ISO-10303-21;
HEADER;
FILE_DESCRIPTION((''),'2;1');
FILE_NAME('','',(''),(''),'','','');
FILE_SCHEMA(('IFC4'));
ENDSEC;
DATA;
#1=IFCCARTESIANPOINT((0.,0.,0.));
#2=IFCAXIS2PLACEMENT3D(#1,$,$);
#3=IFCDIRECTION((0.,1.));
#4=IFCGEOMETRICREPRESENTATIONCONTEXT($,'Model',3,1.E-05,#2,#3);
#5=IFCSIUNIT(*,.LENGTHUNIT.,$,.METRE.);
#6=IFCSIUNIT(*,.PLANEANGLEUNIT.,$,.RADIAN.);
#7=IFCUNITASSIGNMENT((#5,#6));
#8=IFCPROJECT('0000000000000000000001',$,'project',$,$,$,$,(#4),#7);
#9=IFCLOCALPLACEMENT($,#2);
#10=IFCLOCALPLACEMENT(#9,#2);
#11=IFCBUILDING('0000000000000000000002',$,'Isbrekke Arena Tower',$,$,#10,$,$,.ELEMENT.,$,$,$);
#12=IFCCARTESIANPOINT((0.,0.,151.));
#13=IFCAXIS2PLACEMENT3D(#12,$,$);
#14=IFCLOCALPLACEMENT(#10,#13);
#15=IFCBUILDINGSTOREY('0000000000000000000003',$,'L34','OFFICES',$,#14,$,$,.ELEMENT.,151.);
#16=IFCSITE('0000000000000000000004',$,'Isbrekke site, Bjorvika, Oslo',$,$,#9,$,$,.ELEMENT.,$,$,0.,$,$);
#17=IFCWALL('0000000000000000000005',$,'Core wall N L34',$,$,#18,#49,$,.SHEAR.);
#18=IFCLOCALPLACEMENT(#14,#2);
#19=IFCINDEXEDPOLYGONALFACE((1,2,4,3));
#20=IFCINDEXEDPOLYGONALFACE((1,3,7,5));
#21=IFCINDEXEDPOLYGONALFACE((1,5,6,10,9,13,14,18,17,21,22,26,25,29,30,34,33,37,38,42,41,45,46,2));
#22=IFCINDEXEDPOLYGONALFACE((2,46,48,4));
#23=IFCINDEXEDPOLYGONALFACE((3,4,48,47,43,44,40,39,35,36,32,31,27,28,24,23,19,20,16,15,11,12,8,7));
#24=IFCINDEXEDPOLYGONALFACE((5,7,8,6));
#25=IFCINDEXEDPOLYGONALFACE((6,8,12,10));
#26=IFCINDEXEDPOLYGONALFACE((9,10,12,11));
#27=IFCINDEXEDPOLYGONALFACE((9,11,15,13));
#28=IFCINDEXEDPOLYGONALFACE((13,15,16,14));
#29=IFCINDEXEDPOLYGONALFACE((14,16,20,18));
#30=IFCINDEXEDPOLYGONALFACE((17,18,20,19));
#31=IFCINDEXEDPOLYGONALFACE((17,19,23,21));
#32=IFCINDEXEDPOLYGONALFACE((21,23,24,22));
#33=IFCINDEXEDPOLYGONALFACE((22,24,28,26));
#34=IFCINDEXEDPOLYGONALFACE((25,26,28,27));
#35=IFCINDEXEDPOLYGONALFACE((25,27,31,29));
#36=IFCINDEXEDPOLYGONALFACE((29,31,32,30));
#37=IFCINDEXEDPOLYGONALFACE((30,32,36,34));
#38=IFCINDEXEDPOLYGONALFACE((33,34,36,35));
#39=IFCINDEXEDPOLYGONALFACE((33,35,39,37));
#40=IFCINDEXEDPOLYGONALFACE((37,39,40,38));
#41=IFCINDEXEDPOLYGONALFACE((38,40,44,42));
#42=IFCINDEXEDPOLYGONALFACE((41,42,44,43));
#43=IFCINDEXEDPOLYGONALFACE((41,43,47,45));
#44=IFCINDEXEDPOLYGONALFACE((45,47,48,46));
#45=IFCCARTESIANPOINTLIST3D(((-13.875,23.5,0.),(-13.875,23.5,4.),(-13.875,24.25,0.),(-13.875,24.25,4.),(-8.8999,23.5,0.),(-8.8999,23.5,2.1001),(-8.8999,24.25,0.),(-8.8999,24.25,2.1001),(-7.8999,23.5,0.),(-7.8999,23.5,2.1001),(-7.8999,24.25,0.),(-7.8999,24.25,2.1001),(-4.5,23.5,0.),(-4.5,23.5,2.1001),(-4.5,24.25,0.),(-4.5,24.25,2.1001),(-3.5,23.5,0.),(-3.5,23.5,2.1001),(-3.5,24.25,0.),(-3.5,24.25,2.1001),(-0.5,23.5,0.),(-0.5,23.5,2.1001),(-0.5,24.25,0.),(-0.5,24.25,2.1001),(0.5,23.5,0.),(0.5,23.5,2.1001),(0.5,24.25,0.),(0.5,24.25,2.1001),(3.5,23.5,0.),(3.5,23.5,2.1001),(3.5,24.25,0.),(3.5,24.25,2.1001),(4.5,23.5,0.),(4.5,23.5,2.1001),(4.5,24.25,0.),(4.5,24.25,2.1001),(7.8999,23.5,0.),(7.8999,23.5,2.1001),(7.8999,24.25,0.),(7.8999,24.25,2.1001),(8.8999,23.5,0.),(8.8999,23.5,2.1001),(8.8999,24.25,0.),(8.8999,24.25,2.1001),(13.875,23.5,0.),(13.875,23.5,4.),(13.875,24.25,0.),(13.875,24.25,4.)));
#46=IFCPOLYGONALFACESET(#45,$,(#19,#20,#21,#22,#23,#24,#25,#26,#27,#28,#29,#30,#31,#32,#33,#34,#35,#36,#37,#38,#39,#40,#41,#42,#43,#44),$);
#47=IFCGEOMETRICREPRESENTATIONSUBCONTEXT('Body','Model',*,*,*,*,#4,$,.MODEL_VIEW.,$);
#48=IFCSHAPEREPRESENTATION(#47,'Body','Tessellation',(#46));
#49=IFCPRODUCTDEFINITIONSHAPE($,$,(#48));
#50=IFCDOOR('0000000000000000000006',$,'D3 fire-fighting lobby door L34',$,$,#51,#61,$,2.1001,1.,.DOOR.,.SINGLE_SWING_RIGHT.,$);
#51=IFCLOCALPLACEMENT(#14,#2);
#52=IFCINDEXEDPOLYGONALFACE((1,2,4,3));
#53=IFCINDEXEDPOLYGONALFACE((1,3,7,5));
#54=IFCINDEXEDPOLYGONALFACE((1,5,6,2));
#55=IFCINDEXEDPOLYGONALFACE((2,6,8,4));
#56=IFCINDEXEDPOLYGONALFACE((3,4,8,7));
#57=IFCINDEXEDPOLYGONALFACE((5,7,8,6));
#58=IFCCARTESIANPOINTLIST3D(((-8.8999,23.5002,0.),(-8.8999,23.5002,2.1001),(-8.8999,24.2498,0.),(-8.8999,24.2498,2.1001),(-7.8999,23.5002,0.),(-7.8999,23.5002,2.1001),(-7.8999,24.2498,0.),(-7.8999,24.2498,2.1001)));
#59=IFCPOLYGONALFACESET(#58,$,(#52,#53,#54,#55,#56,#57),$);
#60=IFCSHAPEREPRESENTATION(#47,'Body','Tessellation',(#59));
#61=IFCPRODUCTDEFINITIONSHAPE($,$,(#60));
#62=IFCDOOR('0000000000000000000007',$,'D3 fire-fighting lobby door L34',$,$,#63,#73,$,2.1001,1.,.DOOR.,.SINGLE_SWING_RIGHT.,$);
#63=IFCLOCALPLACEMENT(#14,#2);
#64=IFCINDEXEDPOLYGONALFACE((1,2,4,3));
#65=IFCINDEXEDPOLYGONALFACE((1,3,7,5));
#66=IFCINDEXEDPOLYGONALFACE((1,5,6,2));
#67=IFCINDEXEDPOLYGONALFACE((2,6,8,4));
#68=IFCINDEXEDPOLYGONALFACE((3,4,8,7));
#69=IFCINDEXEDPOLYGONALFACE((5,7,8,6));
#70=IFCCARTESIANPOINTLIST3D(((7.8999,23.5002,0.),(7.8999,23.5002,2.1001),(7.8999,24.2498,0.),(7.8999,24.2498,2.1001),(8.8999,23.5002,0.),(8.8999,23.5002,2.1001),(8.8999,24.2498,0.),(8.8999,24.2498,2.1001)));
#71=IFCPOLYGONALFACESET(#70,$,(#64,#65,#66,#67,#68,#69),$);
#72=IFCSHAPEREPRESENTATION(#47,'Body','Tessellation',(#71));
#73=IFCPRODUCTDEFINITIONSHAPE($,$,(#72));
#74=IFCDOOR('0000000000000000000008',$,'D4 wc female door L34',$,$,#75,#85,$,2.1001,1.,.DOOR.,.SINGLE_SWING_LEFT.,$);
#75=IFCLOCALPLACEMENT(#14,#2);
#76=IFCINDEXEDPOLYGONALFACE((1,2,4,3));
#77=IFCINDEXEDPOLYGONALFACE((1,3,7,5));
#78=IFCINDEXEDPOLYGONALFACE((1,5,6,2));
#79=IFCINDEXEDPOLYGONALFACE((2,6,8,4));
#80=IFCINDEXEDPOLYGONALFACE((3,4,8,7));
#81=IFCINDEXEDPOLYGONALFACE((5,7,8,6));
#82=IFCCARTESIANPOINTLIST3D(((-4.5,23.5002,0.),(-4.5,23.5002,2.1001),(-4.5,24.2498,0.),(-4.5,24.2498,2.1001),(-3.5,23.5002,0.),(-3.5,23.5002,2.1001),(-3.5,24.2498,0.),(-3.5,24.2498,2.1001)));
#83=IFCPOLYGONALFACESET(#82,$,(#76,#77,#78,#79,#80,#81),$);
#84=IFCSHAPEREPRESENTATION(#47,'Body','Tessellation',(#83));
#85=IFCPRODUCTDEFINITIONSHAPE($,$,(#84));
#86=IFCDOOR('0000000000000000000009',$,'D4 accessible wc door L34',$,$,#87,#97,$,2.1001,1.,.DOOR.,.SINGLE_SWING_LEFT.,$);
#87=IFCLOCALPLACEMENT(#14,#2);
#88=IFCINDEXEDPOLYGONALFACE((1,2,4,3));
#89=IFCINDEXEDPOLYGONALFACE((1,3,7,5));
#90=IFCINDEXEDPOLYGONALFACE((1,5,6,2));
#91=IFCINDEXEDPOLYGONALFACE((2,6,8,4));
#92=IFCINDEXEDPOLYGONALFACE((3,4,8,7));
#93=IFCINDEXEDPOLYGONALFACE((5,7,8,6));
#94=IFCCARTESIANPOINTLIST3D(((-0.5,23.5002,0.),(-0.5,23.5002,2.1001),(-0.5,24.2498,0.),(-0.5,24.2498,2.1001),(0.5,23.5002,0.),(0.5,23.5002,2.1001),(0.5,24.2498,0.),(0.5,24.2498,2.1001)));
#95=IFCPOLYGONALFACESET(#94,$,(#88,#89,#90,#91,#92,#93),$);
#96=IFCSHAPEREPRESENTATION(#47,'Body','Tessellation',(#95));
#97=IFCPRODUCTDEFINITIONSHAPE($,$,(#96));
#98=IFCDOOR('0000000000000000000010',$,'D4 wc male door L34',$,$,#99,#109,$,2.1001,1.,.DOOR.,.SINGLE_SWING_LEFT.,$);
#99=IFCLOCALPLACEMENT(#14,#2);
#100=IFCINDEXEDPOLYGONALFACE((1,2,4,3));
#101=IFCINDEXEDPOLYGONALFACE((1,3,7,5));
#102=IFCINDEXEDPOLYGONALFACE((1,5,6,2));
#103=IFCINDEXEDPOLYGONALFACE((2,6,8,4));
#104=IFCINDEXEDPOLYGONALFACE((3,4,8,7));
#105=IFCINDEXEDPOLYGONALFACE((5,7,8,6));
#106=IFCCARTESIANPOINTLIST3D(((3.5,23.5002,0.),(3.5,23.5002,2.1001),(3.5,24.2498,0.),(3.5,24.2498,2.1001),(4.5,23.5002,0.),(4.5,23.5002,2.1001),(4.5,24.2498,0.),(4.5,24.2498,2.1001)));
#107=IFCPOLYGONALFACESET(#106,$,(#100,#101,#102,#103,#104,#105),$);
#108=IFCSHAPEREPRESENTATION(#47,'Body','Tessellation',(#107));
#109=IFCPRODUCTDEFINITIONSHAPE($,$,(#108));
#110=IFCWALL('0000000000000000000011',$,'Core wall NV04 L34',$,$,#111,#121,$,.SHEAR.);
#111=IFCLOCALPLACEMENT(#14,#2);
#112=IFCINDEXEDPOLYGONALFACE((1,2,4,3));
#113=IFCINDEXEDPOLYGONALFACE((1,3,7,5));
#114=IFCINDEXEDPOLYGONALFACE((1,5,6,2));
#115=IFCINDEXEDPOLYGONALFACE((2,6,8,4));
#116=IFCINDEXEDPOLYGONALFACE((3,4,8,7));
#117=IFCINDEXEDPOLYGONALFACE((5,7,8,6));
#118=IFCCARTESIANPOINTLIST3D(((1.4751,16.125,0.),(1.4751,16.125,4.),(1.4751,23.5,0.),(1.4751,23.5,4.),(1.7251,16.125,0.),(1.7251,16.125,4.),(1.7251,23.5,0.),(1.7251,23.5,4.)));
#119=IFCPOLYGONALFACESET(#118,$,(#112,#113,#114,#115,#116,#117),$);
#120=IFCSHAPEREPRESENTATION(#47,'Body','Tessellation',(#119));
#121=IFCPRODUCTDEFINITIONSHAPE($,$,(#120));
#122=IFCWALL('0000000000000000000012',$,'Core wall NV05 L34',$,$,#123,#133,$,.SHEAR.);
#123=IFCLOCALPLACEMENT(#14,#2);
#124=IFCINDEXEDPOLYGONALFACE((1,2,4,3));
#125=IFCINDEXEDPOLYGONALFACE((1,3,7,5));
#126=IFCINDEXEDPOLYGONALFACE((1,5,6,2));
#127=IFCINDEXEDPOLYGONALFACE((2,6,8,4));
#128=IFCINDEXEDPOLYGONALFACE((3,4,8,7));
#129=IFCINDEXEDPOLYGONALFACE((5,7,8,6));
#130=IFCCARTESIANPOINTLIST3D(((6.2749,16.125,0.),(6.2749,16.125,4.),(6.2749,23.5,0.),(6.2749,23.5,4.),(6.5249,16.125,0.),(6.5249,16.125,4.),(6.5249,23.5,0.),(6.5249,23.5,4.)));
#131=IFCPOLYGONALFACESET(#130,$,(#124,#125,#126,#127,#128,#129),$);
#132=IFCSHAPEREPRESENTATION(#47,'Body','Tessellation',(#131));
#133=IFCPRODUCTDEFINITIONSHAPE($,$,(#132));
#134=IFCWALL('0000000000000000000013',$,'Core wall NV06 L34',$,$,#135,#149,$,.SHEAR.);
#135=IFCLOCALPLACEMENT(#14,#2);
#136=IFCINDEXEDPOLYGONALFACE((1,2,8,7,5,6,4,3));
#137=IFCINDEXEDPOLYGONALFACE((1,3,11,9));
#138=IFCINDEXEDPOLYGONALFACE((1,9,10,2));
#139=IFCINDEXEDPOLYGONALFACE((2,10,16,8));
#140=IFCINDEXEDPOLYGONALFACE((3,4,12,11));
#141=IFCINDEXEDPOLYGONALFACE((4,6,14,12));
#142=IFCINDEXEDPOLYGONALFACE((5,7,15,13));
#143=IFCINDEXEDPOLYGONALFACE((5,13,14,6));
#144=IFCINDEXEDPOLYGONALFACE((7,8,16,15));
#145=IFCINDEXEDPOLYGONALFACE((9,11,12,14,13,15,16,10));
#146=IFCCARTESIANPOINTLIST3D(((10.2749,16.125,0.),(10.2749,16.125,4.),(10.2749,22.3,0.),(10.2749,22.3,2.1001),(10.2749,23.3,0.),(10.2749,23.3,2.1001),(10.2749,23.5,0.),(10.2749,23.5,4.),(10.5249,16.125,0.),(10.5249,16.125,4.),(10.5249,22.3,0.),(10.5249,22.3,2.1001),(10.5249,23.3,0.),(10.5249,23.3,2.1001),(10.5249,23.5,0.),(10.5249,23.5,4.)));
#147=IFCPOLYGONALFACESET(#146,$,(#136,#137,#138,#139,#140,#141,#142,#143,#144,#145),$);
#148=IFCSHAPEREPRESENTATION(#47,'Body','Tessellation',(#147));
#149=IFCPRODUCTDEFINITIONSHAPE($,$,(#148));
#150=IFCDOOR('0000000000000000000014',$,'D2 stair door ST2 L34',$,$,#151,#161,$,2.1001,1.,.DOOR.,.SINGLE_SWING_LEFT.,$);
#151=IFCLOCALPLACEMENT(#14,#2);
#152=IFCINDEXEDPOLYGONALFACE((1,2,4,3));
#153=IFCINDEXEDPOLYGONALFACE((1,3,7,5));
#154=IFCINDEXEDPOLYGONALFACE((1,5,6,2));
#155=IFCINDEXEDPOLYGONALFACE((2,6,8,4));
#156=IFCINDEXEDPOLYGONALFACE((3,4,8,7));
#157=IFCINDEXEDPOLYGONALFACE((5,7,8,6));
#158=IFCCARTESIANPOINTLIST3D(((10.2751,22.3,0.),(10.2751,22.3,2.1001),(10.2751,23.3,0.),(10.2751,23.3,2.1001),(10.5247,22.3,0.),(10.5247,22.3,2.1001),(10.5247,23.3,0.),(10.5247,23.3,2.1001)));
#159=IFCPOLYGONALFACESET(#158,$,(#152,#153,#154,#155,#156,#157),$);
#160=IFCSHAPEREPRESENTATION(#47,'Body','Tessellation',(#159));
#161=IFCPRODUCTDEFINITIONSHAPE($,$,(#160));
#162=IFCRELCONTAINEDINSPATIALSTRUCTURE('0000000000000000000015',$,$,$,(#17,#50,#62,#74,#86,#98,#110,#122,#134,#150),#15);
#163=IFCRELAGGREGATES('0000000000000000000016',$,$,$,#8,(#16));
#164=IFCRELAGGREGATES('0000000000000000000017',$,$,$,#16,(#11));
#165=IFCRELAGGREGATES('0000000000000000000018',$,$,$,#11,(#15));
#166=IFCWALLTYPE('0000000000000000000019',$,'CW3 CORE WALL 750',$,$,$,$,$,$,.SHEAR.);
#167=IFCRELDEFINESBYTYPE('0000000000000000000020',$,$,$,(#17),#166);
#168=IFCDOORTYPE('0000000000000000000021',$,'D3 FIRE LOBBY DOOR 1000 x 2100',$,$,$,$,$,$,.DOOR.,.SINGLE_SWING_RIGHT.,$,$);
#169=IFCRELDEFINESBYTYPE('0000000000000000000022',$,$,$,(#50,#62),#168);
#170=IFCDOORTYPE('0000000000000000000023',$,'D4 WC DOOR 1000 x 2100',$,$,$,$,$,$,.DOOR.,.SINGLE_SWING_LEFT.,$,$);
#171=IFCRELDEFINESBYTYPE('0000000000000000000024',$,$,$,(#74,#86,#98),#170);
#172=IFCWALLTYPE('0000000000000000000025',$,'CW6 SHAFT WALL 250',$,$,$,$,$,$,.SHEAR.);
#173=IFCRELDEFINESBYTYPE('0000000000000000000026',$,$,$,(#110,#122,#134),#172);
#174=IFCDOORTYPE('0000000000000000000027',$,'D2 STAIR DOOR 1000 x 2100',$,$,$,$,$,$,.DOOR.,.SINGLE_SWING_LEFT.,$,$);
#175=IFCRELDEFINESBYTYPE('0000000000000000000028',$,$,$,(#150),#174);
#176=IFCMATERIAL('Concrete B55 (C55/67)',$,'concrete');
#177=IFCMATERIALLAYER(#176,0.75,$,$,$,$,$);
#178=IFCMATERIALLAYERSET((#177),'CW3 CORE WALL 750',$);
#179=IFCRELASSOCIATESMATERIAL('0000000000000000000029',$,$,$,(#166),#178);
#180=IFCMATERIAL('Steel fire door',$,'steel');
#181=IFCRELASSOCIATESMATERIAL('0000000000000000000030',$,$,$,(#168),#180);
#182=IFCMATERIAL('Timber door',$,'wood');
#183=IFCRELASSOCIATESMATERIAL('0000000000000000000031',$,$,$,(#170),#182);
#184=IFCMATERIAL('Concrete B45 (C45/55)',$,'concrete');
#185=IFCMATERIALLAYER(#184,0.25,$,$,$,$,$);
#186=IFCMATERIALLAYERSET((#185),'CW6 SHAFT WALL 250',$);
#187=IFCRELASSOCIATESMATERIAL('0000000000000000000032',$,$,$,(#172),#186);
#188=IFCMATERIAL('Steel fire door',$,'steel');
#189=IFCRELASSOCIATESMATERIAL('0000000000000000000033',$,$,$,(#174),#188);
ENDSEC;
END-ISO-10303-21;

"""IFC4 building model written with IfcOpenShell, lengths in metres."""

from ifc_helpers import new_model, si_unit, direction, frame, frame_2d, origin, place, context, subcontext, project, spatial, rectangle, extrude, material, layer, layer_set, type_object, element, fill, save


model = new_model("IFC4")

# Units and contexts
model_context = context("Model", 3, precision=1e-05, world=origin(), true_north=direction((0.0, 1.0)))
body_context = subcontext(model_context, "Body", "Model", "MODEL_VIEW")
ifc_project = project(units=[si_unit("LENGTHUNIT", "METRE"), si_unit("PLANEANGLEUNIT", "RADIAN")], contexts=[model_context])

# Site, building, storey
site_placement = place(None, origin())
site = spatial("IfcSite", under=ifc_project, at=site_placement, Name="Isbrekke site, Bjorvika, Oslo", CompositionType="ELEMENT", RefElevation=0.0)
building_placement = place(site_placement, origin())
building = spatial("IfcBuilding", under=site, at=building_placement, Name="Isbrekke Arena Tower", CompositionType="ELEMENT")
storey_placement = place(building_placement, frame((0.0, 0.0, 151.0)))
storey = spatial("IfcBuildingStorey", under=building, at=storey_placement, Name="L34", Description="OFFICES", CompositionType="ELEMENT", Elevation=151.0)

# Wall, openings, doors
ifc_material_1 = material(Name="Concrete B55 (C55/67)", Category="concrete")
ifc_layer_1 = layer(ifc_material_1, 0.75)
ifc_layer_set_1 = layer_set([ifc_layer_1], Name="CW3 CORE WALL 750")
wall_type_1 = type_object("IfcWallType", Name="CW3 CORE WALL 750", PredefinedType="SHEAR", material=ifc_layer_set_1)
wall_1_placement = place(storey_placement, frame((13.875, 23.875, 0.0), z_axis=(0.0, 0.0, 1.0), x_axis=(-1.0, 0.0, 0.0)))
wall_1 = element("IfcWall", 1, at=wall_1_placement, inside=storey, type_object=wall_type_1, Name="Core wall N L34", PredefinedType="SHEAR", context=body_context, shape_type="SweptSolid", body=[
    extrude(rectangle(XDim=27.75, YDim=0.75, at=frame_2d((13.875, 0.0))), origin(), (0.0, 0.0, 1.0), 4.0),
])
opening_1_placement = place(wall_1_placement, frame((21.7749, 0.0, 0.0)))
opening_1 = element("IfcOpeningElement", 2, at=opening_1_placement, cuts=wall_1, PredefinedType="OPENING", context=body_context, shape_type="SweptSolid", body=[
    extrude(rectangle(XDim=1.0, YDim=2.1001, at=frame_2d((0.5, 1.05))), frame((0.0, 0.3899, 0.0), z_axis=(0.0, -1.0, 0.0), x_axis=(1.0, 0.0, 0.0)), (0.0, 0.0, 1.0), 0.7798),
])
opening_2_placement = place(wall_1_placement, frame((4.9751, 0.0, 0.0)))
opening_2 = element("IfcOpeningElement", 3, at=opening_2_placement, cuts=wall_1, PredefinedType="OPENING", context=body_context, shape_type="SweptSolid", body=[
    extrude(rectangle(XDim=1.0, YDim=2.1001, at=frame_2d((0.5, 1.05))), frame((0.0, 0.3899, 0.0), z_axis=(0.0, -1.0, 0.0), x_axis=(1.0, 0.0, 0.0)), (0.0, 0.0, 1.0), 0.7798),
])
opening_3_placement = place(wall_1_placement, frame((17.375, 0.0, 0.0)))
opening_3 = element("IfcOpeningElement", 4, at=opening_3_placement, cuts=wall_1, PredefinedType="OPENING", context=body_context, shape_type="SweptSolid", body=[
    extrude(rectangle(XDim=1.0, YDim=2.1001, at=frame_2d((0.5, 1.05))), frame((0.0, 0.3899, 0.0), z_axis=(0.0, -1.0, 0.0), x_axis=(1.0, 0.0, 0.0)), (0.0, 0.0, 1.0), 0.7798),
])
opening_4_placement = place(wall_1_placement, frame((13.375, 0.0, 0.0)))
opening_4 = element("IfcOpeningElement", 5, at=opening_4_placement, cuts=wall_1, PredefinedType="OPENING", context=body_context, shape_type="SweptSolid", body=[
    extrude(rectangle(XDim=1.0, YDim=2.1001, at=frame_2d((0.5, 1.05))), frame((0.0, 0.3899, 0.0), z_axis=(0.0, -1.0, 0.0), x_axis=(1.0, 0.0, 0.0)), (0.0, 0.0, 1.0), 0.7798),
])
opening_5_placement = place(wall_1_placement, frame((9.375, 0.0, 0.0)))
opening_5 = element("IfcOpeningElement", 6, at=opening_5_placement, cuts=wall_1, PredefinedType="OPENING", context=body_context, shape_type="SweptSolid", body=[
    extrude(rectangle(XDim=1.0, YDim=2.1001, at=frame_2d((0.5, 1.05))), frame((0.0, 0.3899, 0.0), z_axis=(0.0, -1.0, 0.0), x_axis=(1.0, 0.0, 0.0)), (0.0, 0.0, 1.0), 0.7798),
])
ifc_material_2 = material(Name="Steel fire door", Category="steel")
door_type_1 = type_object("IfcDoorType", Name="D3 FIRE LOBBY DOOR 1000 x 2100", OperationType="SINGLE_SWING_RIGHT", PredefinedType="DOOR", material=ifc_material_2)
door_1_placement = place(opening_1_placement, origin())
door_1 = element("IfcDoor", 7, at=door_1_placement, inside=storey, type_object=door_type_1, Name="D3 fire-fighting lobby door L34", OperationType="SINGLE_SWING_RIGHT", OverallHeight=2.1001, OverallWidth=1.0, PredefinedType="DOOR", context=body_context, shape_type="SweptSolid", body=[
    extrude(rectangle(XDim=1.0, YDim=2.1001, at=frame_2d((0.5, 1.05))), frame((0.0, 0.3748, 0.0), z_axis=(0.0, -1.0, 0.0), x_axis=(1.0, 0.0, 0.0)), (0.0, 0.0, 1.0), 0.7495),
])
fill(opening_1, door_1)
door_2_placement = place(opening_2_placement, origin())
door_2 = element("IfcDoor", 8, at=door_2_placement, inside=storey, type_object=door_type_1, Name="D3 fire-fighting lobby door L34", OperationType="SINGLE_SWING_RIGHT", OverallHeight=2.1001, OverallWidth=1.0, PredefinedType="DOOR", context=body_context, shape_type="SweptSolid", body=[
    extrude(rectangle(XDim=1.0, YDim=2.1001, at=frame_2d((0.5, 1.05))), frame((0.0, 0.3748, 0.0), z_axis=(0.0, -1.0, 0.0), x_axis=(1.0, 0.0, 0.0)), (0.0, 0.0, 1.0), 0.7495),
])
fill(opening_2, door_2)
ifc_material_3 = material(Name="Timber door", Category="wood")
door_type_2 = type_object("IfcDoorType", Name="D4 WC DOOR 1000 x 2100", OperationType="SINGLE_SWING_LEFT", PredefinedType="DOOR", material=ifc_material_3)
door_3_placement = place(opening_3_placement, origin())
door_3 = element("IfcDoor", 9, at=door_3_placement, inside=storey, type_object=door_type_2, Name="D4 wc female door L34", OperationType="SINGLE_SWING_LEFT", OverallHeight=2.1001, OverallWidth=1.0, PredefinedType="DOOR", context=body_context, shape_type="SweptSolid", body=[
    extrude(rectangle(XDim=1.0, YDim=2.1001, at=frame_2d((0.5, 1.05))), frame((0.0, 0.3748, 0.0), z_axis=(0.0, -1.0, 0.0), x_axis=(1.0, 0.0, 0.0)), (0.0, 0.0, 1.0), 0.7495),
])
fill(opening_3, door_3)
door_4_placement = place(opening_4_placement, origin())
door_4 = element("IfcDoor", 10, at=door_4_placement, inside=storey, type_object=door_type_2, Name="D4 accessible wc door L34", OperationType="SINGLE_SWING_LEFT", OverallHeight=2.1001, OverallWidth=1.0, PredefinedType="DOOR", context=body_context, shape_type="SweptSolid", body=[
    extrude(rectangle(XDim=1.0, YDim=2.1001, at=frame_2d((0.5, 1.05))), frame((0.0, 0.3748, 0.0), z_axis=(0.0, -1.0, 0.0), x_axis=(1.0, 0.0, 0.0)), (0.0, 0.0, 1.0), 0.7495),
])
fill(opening_4, door_4)
door_5_placement = place(opening_5_placement, origin())
door_5 = element("IfcDoor", 11, at=door_5_placement, inside=storey, type_object=door_type_2, Name="D4 wc male door L34", OperationType="SINGLE_SWING_LEFT", OverallHeight=2.1001, OverallWidth=1.0, PredefinedType="DOOR", context=body_context, shape_type="SweptSolid", body=[
    extrude(rectangle(XDim=1.0, YDim=2.1001, at=frame_2d((0.5, 1.05))), frame((0.0, 0.3748, 0.0), z_axis=(0.0, -1.0, 0.0), x_axis=(1.0, 0.0, 0.0)), (0.0, 0.0, 1.0), 0.7495),
])
fill(opening_5, door_5)

# Walls
ifc_material_4 = material(Name="Concrete B45 (C45/55)", Category="concrete")
ifc_layer_2 = layer(ifc_material_4, 0.25)
ifc_layer_set_2 = layer_set([ifc_layer_2], Name="CW6 SHAFT WALL 250")
wall_type_2 = type_object("IfcWallType", Name="CW6 SHAFT WALL 250", PredefinedType="SHEAR", material=ifc_layer_set_2)
for number, where, z_axis, x_axis, name in (
    (12, (1.6001, 16.125, 0.0), (0.0, 0.0, 1.0), (0.0, 1.0, 0.0), "Core wall NV04 L34"),
    (13, (6.3999, 16.125, 0.0), (0.0, 0.0, 1.0), (0.0, 1.0, 0.0), "Core wall NV05 L34"),
):
    element("IfcWall", number, at=place(storey_placement, frame(where, z_axis=z_axis, x_axis=x_axis)), inside=storey, type_object=wall_type_2, Name=name, PredefinedType="SHEAR", context=body_context, shape_type="SweptSolid", body=[
        extrude(rectangle(XDim=7.375, YDim=0.25, at=frame_2d((3.6875, 0.0))), origin(), (0.0, 0.0, 1.0), 4.0),
    ])

# Wall, opening, door
wall_2_placement = place(storey_placement, frame((10.3999, 16.125, 0.0), z_axis=(0.0, 0.0, 1.0), x_axis=(0.0, 1.0, 0.0)))
wall_2 = element("IfcWall", 14, at=wall_2_placement, inside=storey, type_object=wall_type_2, Name="Core wall NV06 L34", PredefinedType="SHEAR", context=body_context, shape_type="SweptSolid", body=[
    extrude(rectangle(XDim=7.375, YDim=0.25, at=frame_2d((3.6875, 0.0))), origin(), (0.0, 0.0, 1.0), 4.0),
])
opening_6_placement = place(wall_2_placement, frame((6.175, 0.0, 0.0)))
opening_6 = element("IfcOpeningElement", 15, at=opening_6_placement, cuts=wall_2, PredefinedType="OPENING", context=body_context, shape_type="SweptSolid", body=[
    extrude(rectangle(XDim=1.0, YDim=2.1001, at=frame_2d((0.5, 1.05))), frame((0.0, 0.1399, 0.0), z_axis=(0.0, -1.0, 0.0), x_axis=(1.0, 0.0, 0.0)), (0.0, 0.0, 1.0), 0.2798),
])
ifc_material_5 = material(Name="Steel fire door", Category="steel")
door_type_3 = type_object("IfcDoorType", Name="D2 STAIR DOOR 1000 x 2100", OperationType="SINGLE_SWING_LEFT", PredefinedType="DOOR", material=ifc_material_5)
door_6_placement = place(opening_6_placement, origin())
door_6 = element("IfcDoor", 16, at=door_6_placement, inside=storey, type_object=door_type_3, Name="D2 stair door ST2 L34", OperationType="SINGLE_SWING_LEFT", OverallHeight=2.1001, OverallWidth=1.0, PredefinedType="DOOR", context=body_context, shape_type="SweptSolid", body=[
    extrude(rectangle(XDim=1.0, YDim=2.1001, at=frame_2d((0.5, 1.05))), frame((0.0, 0.1248, 0.0), z_axis=(0.0, -1.0, 0.0), x_axis=(1.0, 0.0, 0.0)), (0.0, 0.0, 1.0), 0.2495),
])
fill(opening_6, door_6)

save(model, "model.ifc")
